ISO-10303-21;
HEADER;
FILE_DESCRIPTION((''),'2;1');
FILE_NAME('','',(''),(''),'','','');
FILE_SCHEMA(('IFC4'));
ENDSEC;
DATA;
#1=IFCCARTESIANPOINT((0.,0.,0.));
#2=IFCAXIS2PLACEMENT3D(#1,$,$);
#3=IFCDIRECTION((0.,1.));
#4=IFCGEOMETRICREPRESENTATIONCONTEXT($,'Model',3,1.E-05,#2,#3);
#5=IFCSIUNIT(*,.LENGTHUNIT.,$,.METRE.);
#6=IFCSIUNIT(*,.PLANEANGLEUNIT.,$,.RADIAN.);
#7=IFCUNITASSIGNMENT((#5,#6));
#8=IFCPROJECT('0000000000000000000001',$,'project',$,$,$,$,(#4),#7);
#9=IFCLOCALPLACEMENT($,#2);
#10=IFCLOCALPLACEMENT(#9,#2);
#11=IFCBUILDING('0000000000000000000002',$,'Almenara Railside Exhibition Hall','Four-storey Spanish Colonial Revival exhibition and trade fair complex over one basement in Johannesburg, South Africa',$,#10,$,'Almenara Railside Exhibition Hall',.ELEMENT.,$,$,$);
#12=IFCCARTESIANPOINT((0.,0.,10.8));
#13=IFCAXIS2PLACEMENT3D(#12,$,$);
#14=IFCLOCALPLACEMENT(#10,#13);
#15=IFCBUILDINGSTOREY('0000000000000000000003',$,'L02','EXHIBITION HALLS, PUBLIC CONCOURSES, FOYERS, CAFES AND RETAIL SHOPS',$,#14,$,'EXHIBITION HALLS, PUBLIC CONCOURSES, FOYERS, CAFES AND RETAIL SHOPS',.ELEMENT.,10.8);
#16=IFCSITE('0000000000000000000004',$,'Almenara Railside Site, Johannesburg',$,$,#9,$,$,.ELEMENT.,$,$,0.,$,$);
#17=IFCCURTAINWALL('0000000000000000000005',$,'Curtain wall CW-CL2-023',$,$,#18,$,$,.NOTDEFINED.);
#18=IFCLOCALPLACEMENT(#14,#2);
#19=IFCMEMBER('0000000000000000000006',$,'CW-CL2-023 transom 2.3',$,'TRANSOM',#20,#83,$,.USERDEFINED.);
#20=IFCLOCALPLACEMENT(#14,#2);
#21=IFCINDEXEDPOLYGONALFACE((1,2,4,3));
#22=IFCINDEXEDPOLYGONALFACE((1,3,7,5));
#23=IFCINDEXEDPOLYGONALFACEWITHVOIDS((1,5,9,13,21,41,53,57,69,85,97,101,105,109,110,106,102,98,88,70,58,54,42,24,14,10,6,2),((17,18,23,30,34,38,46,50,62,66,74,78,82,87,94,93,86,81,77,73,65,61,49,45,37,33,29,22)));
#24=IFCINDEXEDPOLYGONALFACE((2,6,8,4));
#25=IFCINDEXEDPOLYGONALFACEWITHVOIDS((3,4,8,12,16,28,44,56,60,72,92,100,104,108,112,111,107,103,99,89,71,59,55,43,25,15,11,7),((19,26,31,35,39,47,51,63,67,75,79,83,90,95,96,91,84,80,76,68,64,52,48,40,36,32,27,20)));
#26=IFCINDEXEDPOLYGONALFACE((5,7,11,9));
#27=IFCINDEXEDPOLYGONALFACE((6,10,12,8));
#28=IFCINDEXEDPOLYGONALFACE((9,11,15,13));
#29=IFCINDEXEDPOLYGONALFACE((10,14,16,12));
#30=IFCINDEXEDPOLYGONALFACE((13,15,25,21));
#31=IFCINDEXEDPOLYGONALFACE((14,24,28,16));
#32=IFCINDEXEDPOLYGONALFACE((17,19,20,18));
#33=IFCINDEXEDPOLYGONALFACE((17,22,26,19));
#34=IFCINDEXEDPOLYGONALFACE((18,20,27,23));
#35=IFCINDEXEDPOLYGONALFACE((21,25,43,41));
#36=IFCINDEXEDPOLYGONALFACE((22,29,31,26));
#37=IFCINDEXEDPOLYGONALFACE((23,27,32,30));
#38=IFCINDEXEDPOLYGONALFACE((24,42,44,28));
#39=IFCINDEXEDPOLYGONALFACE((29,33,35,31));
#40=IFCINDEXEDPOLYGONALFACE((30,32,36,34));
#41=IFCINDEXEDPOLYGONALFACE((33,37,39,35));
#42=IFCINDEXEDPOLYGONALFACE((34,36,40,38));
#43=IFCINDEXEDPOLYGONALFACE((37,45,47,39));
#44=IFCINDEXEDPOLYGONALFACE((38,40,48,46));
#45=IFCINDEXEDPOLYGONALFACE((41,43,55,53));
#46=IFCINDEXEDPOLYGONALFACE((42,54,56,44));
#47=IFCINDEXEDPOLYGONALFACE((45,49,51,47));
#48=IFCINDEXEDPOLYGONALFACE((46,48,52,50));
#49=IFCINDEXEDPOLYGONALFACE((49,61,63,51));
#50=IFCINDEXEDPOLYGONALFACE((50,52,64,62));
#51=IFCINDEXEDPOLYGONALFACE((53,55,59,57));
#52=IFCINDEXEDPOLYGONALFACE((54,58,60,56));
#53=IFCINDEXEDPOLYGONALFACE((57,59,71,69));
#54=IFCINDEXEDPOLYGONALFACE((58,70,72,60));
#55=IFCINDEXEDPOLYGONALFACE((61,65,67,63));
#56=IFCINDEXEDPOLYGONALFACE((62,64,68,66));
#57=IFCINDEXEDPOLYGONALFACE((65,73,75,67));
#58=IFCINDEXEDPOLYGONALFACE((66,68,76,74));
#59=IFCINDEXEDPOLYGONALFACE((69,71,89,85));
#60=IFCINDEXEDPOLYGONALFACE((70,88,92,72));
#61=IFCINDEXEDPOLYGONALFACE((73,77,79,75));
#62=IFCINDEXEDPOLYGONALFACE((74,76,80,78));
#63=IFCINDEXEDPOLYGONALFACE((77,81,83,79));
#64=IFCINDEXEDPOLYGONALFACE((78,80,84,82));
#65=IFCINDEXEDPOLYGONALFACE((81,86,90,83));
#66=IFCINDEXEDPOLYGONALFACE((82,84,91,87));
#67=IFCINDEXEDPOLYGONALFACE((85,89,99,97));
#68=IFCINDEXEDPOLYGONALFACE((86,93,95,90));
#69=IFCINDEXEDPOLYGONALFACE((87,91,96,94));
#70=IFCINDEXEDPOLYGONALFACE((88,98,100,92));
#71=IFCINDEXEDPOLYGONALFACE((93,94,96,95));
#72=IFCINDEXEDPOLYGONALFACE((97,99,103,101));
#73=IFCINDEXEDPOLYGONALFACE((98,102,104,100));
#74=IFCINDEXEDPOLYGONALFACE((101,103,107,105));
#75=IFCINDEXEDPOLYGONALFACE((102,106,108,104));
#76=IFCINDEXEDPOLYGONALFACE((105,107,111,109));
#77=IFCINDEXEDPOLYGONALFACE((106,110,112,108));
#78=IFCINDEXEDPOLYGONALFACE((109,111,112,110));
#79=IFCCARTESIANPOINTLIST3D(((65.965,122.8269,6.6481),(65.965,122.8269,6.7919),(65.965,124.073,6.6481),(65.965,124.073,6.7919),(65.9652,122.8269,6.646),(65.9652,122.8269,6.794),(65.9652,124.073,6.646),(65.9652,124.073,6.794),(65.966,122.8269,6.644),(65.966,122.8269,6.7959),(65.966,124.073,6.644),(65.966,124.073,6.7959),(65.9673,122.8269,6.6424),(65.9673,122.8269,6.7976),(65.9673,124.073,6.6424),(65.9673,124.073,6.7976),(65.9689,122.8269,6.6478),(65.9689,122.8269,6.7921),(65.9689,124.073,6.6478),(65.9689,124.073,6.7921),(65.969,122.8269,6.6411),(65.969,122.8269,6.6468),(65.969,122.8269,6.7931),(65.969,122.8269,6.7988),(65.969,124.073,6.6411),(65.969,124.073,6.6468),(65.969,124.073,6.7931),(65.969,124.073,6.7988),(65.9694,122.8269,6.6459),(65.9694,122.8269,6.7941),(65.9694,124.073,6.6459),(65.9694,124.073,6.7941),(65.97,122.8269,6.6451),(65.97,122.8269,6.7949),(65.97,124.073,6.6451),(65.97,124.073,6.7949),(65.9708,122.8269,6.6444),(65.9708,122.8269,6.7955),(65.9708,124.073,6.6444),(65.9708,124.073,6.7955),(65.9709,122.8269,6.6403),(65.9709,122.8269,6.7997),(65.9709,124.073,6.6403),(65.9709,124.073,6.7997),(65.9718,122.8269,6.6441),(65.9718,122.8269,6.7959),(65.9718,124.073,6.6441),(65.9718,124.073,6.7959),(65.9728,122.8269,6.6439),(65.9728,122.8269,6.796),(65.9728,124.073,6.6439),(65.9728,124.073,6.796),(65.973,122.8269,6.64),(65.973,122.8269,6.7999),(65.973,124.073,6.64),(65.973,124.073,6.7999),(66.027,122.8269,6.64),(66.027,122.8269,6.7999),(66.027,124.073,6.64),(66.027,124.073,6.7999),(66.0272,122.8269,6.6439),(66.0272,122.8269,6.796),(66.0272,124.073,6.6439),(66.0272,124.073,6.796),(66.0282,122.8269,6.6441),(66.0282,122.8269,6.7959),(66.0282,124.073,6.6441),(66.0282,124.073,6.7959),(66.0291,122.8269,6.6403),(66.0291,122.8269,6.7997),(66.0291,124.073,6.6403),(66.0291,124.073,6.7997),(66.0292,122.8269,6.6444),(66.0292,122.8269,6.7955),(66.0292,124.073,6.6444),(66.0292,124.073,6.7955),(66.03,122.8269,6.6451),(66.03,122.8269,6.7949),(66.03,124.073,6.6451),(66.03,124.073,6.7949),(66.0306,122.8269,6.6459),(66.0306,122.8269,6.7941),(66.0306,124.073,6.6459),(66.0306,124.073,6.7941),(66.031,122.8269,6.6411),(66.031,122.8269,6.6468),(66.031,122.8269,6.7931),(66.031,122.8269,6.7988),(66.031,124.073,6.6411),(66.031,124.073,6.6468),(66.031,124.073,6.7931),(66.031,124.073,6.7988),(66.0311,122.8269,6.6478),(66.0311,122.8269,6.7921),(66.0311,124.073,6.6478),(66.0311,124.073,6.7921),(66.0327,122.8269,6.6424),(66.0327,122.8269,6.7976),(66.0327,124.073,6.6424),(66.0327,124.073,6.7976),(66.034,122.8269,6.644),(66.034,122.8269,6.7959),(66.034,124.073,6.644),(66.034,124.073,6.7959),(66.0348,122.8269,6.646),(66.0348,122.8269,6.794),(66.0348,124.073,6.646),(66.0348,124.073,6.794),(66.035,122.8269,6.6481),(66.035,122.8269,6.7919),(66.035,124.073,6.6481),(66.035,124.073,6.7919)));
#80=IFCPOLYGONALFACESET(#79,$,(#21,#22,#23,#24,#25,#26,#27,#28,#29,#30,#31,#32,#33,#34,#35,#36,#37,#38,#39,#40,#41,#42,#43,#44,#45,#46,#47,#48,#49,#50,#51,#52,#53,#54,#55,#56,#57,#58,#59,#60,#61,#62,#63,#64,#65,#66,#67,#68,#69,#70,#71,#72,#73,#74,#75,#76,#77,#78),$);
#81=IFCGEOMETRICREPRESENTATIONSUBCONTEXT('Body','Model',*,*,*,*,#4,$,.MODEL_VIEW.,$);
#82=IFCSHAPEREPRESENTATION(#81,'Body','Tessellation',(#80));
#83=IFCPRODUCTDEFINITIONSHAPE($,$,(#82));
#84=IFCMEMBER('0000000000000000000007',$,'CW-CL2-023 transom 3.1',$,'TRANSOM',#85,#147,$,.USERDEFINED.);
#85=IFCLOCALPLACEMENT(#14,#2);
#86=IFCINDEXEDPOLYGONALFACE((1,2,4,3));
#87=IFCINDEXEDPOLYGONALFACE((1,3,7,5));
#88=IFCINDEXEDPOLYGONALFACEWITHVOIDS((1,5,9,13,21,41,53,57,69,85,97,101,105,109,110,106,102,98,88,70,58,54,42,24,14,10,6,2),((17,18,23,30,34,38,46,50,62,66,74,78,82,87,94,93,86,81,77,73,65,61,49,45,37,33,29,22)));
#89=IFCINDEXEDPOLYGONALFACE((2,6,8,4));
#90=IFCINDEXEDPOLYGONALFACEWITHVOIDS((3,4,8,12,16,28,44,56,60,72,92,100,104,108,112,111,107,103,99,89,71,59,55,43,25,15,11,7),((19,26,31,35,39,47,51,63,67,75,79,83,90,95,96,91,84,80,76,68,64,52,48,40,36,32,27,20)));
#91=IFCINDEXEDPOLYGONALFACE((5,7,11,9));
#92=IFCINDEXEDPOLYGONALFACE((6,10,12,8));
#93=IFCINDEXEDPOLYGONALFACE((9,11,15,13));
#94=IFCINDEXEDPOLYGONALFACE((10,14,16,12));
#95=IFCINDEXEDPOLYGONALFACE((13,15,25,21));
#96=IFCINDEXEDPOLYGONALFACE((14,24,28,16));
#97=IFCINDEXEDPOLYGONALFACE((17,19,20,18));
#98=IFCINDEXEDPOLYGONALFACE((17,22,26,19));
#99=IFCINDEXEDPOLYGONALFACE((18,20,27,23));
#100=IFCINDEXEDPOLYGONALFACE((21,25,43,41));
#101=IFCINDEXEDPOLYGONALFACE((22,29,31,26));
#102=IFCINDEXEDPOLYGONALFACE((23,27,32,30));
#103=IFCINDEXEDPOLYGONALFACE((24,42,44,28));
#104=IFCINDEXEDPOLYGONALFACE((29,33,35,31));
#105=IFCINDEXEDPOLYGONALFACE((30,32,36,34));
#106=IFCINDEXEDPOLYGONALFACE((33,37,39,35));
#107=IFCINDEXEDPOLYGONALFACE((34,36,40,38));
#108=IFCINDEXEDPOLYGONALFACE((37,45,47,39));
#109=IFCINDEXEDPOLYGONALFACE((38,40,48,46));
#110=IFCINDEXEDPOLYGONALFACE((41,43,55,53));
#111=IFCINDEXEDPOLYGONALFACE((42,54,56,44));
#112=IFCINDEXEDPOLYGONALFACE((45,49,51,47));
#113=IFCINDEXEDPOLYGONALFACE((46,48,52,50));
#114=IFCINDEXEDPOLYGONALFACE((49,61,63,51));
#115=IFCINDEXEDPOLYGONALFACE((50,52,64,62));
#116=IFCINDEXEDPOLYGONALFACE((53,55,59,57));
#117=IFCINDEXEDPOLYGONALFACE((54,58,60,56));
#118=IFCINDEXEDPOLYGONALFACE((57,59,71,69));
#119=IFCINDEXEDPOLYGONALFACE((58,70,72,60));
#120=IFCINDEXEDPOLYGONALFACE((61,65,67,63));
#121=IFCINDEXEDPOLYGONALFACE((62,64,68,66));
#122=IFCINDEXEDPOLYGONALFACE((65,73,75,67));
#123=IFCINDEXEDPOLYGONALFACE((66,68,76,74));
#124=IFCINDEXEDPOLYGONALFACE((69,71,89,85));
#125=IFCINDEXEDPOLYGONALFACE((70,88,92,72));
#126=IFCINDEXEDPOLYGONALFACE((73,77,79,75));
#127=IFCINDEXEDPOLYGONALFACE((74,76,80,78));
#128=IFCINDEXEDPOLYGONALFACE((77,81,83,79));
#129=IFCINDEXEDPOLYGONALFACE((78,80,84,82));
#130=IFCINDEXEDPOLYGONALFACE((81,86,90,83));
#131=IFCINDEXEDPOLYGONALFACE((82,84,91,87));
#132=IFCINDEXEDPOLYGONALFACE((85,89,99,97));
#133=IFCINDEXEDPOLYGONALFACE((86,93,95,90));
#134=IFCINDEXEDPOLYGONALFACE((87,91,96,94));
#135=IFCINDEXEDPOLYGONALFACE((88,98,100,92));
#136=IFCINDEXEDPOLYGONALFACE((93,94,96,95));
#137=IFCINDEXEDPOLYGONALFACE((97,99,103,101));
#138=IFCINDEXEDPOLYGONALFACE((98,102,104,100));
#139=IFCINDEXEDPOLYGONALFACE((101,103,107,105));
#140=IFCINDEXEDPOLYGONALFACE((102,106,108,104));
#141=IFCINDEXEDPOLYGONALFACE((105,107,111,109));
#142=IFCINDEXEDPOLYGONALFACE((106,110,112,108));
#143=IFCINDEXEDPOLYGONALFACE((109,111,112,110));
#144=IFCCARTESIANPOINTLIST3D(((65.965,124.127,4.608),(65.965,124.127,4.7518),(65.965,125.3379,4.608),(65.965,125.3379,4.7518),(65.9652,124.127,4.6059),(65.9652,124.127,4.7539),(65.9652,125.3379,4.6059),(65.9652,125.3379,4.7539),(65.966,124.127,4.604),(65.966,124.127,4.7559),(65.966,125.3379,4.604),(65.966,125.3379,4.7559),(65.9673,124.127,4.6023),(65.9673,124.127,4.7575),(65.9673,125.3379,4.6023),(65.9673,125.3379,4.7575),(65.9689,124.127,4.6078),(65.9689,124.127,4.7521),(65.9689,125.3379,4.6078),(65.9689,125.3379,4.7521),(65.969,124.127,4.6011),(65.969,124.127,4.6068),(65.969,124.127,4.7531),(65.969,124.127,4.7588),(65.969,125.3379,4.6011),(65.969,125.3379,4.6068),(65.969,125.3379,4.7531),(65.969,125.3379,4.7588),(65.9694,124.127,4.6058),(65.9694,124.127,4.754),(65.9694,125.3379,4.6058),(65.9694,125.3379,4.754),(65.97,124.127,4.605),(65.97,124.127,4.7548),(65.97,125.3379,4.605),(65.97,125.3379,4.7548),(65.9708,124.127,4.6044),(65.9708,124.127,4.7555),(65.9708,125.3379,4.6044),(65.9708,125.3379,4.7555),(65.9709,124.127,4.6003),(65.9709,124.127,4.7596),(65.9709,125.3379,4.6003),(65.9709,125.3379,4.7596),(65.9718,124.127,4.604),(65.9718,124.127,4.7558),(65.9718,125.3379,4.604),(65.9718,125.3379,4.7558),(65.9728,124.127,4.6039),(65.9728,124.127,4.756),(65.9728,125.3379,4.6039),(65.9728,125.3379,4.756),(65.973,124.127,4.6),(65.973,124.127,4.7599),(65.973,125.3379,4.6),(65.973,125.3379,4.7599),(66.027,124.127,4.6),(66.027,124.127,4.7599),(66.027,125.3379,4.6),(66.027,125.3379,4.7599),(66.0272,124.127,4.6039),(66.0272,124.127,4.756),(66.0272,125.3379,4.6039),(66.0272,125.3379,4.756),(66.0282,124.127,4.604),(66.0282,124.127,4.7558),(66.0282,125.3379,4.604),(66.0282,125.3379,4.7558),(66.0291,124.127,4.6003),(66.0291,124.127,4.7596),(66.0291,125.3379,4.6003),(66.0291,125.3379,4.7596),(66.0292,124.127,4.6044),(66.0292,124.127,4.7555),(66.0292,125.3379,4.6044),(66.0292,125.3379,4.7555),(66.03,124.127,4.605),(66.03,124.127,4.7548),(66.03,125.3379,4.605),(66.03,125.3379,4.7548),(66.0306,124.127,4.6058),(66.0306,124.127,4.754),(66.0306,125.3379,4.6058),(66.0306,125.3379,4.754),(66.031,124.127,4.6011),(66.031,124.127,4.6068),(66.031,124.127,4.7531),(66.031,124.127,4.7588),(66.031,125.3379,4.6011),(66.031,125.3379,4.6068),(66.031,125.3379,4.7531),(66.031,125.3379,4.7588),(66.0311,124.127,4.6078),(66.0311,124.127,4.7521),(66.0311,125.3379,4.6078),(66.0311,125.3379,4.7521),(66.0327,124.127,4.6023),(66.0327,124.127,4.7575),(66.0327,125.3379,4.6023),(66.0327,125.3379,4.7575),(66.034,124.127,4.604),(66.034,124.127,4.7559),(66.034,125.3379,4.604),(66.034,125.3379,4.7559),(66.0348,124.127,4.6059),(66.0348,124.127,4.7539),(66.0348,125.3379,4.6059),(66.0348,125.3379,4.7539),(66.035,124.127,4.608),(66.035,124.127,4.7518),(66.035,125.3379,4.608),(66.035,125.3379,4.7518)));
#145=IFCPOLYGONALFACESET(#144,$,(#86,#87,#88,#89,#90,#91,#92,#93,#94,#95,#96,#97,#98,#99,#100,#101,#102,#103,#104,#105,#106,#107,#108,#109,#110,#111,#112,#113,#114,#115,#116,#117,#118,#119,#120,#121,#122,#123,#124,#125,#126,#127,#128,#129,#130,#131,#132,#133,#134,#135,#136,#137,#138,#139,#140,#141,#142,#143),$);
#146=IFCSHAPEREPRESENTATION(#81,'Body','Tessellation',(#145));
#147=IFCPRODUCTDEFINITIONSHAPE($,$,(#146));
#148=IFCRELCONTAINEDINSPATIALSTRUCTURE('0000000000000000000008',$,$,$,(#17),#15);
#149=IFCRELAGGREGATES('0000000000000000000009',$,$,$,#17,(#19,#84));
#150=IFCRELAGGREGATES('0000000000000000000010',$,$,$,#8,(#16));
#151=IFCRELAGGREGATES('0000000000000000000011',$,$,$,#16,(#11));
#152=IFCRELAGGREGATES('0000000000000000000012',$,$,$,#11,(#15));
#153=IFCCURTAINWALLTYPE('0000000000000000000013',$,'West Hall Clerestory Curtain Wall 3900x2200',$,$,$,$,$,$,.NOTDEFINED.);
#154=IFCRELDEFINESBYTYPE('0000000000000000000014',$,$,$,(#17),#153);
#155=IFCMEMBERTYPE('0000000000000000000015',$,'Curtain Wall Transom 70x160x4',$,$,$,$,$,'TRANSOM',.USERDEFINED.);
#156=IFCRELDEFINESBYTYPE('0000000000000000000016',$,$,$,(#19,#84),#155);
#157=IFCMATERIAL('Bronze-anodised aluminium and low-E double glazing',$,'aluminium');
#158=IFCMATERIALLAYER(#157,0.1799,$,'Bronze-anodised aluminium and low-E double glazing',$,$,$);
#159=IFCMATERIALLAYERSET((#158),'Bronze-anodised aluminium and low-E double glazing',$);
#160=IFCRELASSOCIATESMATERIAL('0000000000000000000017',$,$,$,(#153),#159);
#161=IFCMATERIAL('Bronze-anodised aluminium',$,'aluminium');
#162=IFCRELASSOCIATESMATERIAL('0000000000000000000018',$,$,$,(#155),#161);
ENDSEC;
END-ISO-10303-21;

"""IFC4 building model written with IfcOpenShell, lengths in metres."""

from ifc_helpers import new_model, si_unit, direction, frame, origin, origin_2d, place, context, subcontext, project, spatial, hollow_rectangle, extrude, material, layer, layer_set, material_profile, profile_set, type_object, element, aggregate, save


model = new_model("IFC4")

# Units and contexts
model_context = context("Model", 3, precision=1e-05, world=origin(), true_north=direction((0.0, 1.0)))
body_context = subcontext(model_context, "Body", "Model", "MODEL_VIEW")
ifc_project = project(units=[si_unit("LENGTHUNIT", "METRE"), si_unit("PLANEANGLEUNIT", "RADIAN")], contexts=[model_context])

# Site, building, storey
site_placement = place(None, origin())
site = spatial("IfcSite", under=ifc_project, at=site_placement, Name="Almenara Railside Site, Johannesburg", CompositionType="ELEMENT", RefElevation=0.0)
building_placement = place(site_placement, origin())
building = spatial("IfcBuilding", under=site, at=building_placement, Name="Almenara Railside Exhibition Hall", Description="Four-storey Spanish Colonial Revival exhibition and trade fair complex over one basement in Johannesburg, South Africa", LongName="Almenara Railside Exhibition Hall", CompositionType="ELEMENT")
storey_placement = place(building_placement, frame((0.0, 0.0, 10.8)))
storey = spatial("IfcBuildingStorey", under=building, at=storey_placement, Name="L02", Description="EXHIBITION HALLS, PUBLIC CONCOURSES, FOYERS, CAFES AND RETAIL SHOPS", LongName="EXHIBITION HALLS, PUBLIC CONCOURSES, FOYERS, CAFES AND RETAIL SHOPS", CompositionType="ELEMENT", Elevation=10.8)

# Curtain wall
ifc_material_1 = material(Name="Bronze-anodised aluminium and low-E double glazing", Category="aluminium")
ifc_layer_1 = layer(ifc_material_1, 0.1799, Name="Bronze-anodised aluminium and low-E double glazing")
ifc_layer_set_1 = layer_set([ifc_layer_1], Name="Bronze-anodised aluminium and low-E double glazing")
curtain_wall_type = type_object("IfcCurtainWallType", Name="West Hall Clerestory Curtain Wall 3900x2200", PredefinedType="NOTDEFINED", material=ifc_layer_set_1)
ifc_material_2 = material(Name="Bronze-anodised aluminium", Category="aluminium")
curtain_wall_1_placement = place(storey_placement, origin())
curtain_wall_1 = element("IfcCurtainWall", 1, at=curtain_wall_1_placement, inside=storey, type_object=curtain_wall_type, Name="Curtain wall CW-CL2-023", PredefinedType="NOTDEFINED")

# Members
ifc_material_profile_1 = material_profile(ifc_material_2, hollow_rectangle(XDim=0.0701, YDim=0.1599, WallThickness=0.0039, InnerFilletRadius=0.0039, OuterFilletRadius=0.0081, at=origin_2d()), Name="ALU-TRN 70x160x4")
ifc_profile_set_1 = profile_set([ifc_material_profile_1], Name="Bronze-anodised aluminium")
member_type_1 = type_object("IfcMemberType", Name="Curtain Wall Transom 70x160x4", ElementType="TRANSOM", PredefinedType="USERDEFINED", material=ifc_profile_set_1)
member_1_placement = place(storey_placement, frame((66.0, 122.8269, 6.72), z_axis=(0.0, 1.0, 0.0), x_axis=(-1.0, 0.0, 0.0)))
member_1 = element("IfcMember", 2, at=member_1_placement, type_object=member_type_1, Name="CW-CL2-023 transom 2.3", ObjectType="TRANSOM", PredefinedType="USERDEFINED", context=body_context, shape_type="SweptSolid", body=[
    extrude(hollow_rectangle(XDim=0.0701, YDim=0.1599, WallThickness=0.0039, InnerFilletRadius=0.0039, OuterFilletRadius=0.0081, at=origin_2d()), origin(), (0.0, 0.0, 1.0), 1.2461),
])
member_2_placement = place(storey_placement, frame((66.0, 124.127, 4.6799), z_axis=(0.0, 1.0, 0.0), x_axis=(-1.0, 0.0, 0.0)))
member_2 = element("IfcMember", 3, at=member_2_placement, type_object=member_type_1, Name="CW-CL2-023 transom 3.1", ObjectType="TRANSOM", PredefinedType="USERDEFINED", context=body_context, shape_type="SweptSolid", body=[
    extrude(hollow_rectangle(XDim=0.0701, YDim=0.1599, WallThickness=0.0039, InnerFilletRadius=0.0039, OuterFilletRadius=0.0081, at=origin_2d()), origin(), (0.0, 0.0, 1.0), 1.2109),
])

aggregate(curtain_wall_1, [member_1, member_2])

save(model, "model.ifc")
